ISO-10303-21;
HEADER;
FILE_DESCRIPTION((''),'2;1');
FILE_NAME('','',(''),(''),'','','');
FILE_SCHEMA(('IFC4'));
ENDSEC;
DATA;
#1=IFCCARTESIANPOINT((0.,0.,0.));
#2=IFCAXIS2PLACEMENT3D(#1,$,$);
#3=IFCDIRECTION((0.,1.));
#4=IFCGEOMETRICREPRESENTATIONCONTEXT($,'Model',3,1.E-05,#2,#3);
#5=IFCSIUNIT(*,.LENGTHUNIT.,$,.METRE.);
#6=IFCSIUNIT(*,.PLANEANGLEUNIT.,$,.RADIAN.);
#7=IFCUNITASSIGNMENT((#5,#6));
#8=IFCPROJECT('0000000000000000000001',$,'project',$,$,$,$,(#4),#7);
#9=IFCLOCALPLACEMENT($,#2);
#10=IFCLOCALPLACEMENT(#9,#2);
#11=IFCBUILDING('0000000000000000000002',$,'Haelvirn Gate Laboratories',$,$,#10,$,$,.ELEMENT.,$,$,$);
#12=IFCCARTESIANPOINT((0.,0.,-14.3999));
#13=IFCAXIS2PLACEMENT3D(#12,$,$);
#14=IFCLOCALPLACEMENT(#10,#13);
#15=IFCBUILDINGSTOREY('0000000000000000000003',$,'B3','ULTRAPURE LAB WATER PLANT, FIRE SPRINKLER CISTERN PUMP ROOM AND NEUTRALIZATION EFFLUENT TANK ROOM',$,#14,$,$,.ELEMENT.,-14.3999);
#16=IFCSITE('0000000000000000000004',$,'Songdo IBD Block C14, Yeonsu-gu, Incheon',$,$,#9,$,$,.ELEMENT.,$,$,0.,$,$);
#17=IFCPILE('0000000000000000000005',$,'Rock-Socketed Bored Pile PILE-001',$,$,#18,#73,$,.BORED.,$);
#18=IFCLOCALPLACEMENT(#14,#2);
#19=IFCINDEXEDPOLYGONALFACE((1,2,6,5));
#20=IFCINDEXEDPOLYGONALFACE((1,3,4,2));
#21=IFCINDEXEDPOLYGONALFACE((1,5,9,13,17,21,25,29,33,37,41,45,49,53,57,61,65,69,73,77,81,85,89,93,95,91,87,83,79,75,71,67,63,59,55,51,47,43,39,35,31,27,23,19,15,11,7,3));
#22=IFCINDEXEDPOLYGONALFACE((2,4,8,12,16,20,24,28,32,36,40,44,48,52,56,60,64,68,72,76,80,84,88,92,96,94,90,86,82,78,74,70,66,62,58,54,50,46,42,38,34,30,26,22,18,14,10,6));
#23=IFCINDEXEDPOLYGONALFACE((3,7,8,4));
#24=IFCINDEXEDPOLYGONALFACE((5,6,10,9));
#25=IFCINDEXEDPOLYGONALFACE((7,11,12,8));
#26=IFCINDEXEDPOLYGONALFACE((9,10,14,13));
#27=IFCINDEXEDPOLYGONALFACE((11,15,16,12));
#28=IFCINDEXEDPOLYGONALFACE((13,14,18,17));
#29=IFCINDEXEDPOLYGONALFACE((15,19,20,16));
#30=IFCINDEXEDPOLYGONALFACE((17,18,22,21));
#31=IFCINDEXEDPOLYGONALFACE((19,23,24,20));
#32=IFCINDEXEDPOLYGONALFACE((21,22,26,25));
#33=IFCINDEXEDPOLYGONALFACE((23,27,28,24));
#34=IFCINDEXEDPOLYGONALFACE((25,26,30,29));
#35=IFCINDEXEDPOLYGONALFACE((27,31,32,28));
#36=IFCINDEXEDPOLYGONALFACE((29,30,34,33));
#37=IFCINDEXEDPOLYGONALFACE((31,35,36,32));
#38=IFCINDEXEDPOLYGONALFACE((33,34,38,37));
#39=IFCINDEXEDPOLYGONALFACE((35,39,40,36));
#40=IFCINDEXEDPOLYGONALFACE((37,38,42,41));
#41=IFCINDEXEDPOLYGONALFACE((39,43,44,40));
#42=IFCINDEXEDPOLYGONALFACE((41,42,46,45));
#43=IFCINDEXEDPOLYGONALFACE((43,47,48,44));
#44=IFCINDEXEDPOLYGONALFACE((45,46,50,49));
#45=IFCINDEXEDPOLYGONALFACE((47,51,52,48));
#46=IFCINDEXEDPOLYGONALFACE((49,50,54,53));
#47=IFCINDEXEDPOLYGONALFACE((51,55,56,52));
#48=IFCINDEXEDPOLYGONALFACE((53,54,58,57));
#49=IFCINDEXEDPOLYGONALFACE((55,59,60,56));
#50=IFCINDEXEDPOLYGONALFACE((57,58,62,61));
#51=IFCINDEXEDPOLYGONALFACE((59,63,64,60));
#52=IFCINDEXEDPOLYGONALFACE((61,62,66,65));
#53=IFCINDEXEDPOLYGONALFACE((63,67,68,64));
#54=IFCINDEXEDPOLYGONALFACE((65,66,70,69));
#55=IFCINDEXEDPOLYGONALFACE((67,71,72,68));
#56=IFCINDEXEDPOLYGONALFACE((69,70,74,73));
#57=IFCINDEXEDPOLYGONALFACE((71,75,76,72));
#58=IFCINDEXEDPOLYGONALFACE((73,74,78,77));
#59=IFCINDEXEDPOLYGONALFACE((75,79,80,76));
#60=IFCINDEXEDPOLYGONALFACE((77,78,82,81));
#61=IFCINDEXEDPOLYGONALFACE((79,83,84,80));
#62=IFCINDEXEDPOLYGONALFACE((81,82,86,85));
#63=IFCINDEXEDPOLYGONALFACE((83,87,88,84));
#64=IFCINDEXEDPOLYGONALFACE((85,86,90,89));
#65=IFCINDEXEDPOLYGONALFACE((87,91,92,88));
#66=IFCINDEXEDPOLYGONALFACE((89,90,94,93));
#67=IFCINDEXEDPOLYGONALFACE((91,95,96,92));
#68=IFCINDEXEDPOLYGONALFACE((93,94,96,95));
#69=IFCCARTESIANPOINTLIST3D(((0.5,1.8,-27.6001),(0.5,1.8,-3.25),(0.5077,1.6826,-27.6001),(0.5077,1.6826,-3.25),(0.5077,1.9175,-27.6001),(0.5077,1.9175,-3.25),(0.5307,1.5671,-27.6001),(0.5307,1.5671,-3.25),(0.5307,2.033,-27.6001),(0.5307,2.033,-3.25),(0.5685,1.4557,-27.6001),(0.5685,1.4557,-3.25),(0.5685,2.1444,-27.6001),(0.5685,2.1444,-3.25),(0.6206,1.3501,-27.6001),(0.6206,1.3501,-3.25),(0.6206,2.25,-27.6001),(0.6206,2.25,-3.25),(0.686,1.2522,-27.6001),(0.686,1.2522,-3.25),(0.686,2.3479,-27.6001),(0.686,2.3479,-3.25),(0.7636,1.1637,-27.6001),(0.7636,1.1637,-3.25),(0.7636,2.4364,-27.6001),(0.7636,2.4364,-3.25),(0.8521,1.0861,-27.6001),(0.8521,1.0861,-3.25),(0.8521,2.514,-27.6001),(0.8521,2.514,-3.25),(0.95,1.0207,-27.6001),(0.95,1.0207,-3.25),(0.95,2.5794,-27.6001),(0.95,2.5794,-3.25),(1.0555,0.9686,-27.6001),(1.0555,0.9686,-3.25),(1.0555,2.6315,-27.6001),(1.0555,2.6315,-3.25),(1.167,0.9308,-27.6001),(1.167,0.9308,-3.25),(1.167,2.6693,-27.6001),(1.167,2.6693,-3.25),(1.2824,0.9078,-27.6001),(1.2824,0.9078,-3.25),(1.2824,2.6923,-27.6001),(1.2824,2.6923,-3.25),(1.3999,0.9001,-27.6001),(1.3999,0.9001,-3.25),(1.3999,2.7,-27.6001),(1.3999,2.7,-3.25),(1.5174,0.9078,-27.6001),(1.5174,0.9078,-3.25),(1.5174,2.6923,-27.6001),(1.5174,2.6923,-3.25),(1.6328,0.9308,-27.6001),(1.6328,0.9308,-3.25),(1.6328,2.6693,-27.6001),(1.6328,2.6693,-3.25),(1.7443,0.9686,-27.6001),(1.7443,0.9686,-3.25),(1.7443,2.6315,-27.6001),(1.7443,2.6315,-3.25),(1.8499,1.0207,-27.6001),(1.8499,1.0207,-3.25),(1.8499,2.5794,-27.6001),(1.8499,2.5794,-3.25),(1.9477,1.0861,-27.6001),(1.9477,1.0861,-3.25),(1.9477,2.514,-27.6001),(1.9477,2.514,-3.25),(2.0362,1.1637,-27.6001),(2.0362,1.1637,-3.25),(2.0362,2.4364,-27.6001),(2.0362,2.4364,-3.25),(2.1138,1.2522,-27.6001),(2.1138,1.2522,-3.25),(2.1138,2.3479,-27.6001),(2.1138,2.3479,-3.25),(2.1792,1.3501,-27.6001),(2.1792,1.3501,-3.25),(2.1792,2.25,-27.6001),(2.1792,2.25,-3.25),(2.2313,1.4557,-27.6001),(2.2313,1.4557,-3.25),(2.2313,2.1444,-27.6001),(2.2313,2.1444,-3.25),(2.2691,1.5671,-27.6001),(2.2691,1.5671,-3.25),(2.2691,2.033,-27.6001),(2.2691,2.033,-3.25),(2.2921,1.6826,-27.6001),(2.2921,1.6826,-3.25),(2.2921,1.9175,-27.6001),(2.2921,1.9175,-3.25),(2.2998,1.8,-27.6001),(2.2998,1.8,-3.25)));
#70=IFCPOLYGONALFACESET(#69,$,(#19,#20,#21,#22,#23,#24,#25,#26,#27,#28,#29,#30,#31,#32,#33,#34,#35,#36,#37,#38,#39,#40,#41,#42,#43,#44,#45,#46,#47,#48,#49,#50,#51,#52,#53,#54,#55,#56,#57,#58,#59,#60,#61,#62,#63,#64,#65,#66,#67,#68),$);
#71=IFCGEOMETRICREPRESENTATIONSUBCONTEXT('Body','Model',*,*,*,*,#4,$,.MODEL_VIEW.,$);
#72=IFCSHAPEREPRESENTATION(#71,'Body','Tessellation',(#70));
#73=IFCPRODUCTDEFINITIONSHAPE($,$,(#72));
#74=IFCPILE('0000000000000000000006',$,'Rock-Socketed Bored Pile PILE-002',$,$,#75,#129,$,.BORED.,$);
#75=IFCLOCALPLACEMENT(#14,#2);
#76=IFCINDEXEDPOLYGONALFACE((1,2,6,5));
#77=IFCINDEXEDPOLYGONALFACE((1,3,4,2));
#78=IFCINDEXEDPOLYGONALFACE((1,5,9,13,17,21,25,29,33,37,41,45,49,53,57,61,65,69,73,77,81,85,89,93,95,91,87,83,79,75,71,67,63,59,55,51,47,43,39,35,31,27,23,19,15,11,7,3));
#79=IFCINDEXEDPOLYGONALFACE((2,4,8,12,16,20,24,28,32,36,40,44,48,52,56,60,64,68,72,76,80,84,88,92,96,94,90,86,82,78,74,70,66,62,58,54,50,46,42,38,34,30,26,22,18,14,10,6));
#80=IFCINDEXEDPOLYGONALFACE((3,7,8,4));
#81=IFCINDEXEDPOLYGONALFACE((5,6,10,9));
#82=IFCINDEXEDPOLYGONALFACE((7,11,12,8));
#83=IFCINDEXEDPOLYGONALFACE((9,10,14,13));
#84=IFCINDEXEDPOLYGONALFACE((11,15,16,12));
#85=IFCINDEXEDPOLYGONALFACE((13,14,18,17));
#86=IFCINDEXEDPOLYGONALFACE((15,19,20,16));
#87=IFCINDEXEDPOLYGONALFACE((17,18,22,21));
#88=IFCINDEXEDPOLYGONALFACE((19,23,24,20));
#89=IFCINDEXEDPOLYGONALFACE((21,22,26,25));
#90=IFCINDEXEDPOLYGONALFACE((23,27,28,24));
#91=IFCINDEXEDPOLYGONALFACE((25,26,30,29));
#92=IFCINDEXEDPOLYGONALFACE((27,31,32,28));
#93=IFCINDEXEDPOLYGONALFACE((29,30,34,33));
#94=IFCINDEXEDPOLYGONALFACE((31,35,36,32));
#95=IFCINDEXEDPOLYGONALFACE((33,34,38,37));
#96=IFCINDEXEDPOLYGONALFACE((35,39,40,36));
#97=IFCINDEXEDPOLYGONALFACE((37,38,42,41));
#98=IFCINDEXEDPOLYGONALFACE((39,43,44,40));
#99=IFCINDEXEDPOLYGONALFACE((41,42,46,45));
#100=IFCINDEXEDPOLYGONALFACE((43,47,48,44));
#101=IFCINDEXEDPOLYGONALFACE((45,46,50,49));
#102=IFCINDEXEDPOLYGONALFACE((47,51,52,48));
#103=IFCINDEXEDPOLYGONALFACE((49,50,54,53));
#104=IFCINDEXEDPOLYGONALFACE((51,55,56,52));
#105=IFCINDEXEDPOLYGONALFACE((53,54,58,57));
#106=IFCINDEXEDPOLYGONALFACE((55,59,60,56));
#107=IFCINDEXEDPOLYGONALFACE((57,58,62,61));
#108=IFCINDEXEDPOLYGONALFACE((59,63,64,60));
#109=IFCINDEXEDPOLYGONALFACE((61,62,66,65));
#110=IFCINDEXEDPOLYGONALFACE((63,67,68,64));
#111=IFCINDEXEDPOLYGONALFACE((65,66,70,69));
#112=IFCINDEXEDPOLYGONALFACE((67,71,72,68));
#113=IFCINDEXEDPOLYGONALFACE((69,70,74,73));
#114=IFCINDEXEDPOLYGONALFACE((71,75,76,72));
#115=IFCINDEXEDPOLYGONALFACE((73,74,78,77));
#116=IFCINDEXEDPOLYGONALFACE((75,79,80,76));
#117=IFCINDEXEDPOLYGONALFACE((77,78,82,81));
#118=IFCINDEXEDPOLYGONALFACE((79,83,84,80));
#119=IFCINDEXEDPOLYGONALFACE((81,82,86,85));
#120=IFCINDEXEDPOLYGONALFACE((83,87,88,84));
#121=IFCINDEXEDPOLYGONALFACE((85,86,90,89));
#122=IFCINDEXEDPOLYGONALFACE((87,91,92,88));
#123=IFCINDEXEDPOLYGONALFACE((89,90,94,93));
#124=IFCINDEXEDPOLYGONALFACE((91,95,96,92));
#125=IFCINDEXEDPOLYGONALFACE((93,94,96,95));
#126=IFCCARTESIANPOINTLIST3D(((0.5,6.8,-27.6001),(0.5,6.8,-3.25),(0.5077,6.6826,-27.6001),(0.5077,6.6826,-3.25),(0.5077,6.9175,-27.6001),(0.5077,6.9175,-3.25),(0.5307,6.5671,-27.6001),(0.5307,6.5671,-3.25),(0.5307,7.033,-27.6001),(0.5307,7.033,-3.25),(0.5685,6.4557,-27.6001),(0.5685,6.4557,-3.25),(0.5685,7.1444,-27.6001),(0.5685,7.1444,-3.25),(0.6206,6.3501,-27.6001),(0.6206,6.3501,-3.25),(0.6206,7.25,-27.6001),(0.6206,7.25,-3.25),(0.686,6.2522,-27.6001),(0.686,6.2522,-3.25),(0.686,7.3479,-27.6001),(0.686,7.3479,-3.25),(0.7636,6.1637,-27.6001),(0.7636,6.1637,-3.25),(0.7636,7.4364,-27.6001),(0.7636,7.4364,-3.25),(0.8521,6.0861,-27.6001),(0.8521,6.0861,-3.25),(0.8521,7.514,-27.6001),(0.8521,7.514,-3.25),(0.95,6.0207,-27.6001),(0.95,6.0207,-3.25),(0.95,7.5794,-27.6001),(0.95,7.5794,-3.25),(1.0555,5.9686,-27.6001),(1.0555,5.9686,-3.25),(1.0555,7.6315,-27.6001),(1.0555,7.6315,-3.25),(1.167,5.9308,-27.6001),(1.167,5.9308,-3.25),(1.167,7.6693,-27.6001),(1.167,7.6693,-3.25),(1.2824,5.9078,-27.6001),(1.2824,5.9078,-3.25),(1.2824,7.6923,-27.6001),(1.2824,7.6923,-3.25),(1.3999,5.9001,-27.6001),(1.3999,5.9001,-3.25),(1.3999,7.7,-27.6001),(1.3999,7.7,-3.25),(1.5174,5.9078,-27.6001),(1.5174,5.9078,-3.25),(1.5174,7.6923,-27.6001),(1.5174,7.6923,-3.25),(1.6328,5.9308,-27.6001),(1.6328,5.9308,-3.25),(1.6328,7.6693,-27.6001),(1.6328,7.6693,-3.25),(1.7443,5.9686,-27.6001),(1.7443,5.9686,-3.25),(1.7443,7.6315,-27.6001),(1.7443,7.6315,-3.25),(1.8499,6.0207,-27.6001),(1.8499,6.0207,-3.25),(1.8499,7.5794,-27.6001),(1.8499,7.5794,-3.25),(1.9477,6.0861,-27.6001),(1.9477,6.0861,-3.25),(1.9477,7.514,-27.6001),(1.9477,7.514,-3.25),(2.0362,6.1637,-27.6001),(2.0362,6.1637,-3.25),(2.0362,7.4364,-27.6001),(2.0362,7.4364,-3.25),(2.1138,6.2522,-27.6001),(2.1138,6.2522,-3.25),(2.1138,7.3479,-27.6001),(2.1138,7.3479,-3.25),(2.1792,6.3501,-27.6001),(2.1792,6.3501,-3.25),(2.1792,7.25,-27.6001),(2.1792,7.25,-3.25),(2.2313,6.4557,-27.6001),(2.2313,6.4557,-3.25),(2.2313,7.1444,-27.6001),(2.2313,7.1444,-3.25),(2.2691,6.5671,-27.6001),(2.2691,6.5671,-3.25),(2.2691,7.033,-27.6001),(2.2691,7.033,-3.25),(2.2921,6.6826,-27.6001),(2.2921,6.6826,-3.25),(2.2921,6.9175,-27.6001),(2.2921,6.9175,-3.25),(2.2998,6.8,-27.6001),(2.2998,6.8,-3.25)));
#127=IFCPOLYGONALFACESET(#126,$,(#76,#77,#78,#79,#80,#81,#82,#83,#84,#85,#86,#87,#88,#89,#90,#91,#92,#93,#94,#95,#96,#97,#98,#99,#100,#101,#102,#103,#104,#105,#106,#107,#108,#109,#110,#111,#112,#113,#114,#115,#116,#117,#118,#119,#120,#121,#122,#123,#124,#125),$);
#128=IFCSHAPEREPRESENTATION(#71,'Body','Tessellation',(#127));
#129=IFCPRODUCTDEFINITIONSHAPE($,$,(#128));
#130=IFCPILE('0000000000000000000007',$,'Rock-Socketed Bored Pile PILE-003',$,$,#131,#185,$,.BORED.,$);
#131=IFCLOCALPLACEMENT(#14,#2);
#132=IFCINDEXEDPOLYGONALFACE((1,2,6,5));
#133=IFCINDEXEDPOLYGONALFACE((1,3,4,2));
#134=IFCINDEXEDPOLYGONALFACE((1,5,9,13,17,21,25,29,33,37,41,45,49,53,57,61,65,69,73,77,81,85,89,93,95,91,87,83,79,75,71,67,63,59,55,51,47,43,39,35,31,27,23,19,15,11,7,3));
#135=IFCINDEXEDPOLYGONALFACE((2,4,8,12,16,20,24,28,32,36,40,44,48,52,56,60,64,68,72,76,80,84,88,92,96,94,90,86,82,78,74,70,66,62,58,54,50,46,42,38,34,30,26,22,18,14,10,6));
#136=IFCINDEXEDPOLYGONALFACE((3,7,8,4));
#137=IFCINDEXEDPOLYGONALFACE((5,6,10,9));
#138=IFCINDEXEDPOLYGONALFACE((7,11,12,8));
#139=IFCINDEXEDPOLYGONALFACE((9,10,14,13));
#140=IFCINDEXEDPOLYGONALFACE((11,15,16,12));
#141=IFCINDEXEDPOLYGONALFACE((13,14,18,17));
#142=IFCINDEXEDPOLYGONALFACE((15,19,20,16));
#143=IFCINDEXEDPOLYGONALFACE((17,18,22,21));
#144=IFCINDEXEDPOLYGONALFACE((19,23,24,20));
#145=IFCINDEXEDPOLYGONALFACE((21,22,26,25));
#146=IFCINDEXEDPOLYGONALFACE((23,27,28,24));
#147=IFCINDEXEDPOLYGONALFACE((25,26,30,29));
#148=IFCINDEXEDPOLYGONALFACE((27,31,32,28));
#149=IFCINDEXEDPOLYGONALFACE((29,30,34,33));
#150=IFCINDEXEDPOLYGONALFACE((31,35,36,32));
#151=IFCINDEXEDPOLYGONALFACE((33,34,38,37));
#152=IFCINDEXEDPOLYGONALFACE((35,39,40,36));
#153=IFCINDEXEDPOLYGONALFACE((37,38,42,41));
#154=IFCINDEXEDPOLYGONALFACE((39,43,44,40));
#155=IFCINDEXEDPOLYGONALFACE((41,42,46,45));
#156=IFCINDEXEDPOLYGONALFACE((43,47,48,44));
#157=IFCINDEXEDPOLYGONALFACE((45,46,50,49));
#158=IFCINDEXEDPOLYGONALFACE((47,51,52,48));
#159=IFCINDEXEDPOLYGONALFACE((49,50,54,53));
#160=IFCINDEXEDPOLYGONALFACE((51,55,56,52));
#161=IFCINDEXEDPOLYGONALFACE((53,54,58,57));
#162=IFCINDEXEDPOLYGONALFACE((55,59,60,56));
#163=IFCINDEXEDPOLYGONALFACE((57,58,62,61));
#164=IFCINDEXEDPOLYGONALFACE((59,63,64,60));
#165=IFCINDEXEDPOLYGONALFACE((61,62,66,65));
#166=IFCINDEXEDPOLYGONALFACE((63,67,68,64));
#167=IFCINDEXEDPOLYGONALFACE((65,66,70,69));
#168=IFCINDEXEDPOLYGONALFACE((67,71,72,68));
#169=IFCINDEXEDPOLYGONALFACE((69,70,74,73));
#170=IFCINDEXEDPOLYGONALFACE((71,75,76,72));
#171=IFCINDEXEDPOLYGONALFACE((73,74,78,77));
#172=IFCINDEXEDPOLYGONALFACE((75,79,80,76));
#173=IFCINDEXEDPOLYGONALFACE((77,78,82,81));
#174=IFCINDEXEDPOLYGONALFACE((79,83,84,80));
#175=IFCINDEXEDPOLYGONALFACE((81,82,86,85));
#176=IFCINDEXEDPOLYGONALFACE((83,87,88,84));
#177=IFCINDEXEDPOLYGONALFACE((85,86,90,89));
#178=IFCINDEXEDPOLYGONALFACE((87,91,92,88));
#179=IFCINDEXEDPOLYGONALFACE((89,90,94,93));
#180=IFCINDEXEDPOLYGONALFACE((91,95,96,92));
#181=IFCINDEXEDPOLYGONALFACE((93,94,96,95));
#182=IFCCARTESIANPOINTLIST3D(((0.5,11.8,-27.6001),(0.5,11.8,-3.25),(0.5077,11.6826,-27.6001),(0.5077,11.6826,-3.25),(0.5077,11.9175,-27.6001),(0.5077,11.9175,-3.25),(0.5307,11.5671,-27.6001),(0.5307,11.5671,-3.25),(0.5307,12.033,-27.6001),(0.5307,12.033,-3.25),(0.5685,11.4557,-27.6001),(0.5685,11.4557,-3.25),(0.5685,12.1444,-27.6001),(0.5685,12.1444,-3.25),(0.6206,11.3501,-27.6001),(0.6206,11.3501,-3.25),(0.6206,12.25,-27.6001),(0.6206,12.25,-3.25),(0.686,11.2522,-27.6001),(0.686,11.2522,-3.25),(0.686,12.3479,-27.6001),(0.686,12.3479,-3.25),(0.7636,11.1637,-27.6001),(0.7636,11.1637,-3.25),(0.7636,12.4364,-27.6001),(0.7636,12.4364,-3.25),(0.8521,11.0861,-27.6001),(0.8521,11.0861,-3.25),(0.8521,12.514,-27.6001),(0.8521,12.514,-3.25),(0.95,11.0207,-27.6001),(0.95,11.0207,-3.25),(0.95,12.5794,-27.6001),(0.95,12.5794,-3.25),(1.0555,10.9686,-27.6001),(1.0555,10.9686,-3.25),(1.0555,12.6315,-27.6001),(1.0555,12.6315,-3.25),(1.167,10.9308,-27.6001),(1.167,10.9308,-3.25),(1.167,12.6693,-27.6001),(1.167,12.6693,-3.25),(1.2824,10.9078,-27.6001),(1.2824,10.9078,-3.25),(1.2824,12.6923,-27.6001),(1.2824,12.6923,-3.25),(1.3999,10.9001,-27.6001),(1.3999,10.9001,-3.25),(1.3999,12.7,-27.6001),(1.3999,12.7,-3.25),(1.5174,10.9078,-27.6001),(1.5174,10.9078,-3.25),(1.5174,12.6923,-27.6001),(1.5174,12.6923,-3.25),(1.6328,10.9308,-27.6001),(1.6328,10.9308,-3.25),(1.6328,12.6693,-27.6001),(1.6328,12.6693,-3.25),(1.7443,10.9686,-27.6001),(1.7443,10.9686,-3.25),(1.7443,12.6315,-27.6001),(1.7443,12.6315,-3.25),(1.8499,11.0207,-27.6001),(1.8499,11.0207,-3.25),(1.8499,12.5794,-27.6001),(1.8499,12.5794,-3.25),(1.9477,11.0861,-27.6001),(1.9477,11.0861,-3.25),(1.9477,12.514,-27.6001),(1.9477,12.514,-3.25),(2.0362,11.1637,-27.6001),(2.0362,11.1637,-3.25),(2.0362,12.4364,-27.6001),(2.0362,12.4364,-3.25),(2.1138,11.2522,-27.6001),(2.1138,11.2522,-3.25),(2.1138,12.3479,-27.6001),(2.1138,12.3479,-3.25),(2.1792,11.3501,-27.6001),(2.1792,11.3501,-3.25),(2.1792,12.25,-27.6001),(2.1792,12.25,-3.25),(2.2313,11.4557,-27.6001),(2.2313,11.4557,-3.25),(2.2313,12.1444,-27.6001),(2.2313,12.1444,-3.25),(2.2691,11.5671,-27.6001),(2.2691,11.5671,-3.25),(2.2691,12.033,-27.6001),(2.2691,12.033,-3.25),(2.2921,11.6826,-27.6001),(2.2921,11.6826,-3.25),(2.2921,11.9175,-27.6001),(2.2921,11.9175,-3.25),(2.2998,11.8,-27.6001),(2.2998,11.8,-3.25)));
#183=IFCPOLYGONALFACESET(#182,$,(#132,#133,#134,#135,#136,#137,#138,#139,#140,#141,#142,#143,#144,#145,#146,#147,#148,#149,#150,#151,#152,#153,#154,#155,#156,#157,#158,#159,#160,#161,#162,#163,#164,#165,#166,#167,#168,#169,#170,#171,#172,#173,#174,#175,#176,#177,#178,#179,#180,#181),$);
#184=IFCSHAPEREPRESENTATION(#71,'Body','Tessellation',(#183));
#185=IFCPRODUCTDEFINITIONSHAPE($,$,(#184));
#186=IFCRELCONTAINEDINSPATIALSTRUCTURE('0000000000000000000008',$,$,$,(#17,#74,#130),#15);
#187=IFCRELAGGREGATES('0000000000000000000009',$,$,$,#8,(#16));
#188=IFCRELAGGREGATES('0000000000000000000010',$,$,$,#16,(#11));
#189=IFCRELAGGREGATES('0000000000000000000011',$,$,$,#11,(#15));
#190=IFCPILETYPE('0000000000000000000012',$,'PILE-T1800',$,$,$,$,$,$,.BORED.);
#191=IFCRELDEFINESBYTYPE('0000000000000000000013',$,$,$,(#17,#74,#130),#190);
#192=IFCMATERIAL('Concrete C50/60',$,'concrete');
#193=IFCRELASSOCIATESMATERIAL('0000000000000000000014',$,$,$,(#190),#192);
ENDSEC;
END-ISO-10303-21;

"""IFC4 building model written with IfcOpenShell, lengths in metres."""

from ifc_helpers import new_model, si_unit, direction, frame, origin, origin_2d, place, context, subcontext, project, spatial, circle, extrude, source, transform, mapped, material, material_profile, profile_set, type_object, type_shapes, element, save


model = new_model("IFC4")

# Units and contexts
model_context = context("Model", 3, precision=1e-05, world=origin(), true_north=direction((0.0, 1.0)))
body_context = subcontext(model_context, "Body", "Model", "MODEL_VIEW")
ifc_project = project(units=[si_unit("LENGTHUNIT", "METRE"), si_unit("PLANEANGLEUNIT", "RADIAN")], contexts=[model_context])

# Site, building, storey
site_placement = place(None, origin())
site = spatial("IfcSite", under=ifc_project, at=site_placement, Name="Songdo IBD Block C14, Yeonsu-gu, Incheon", CompositionType="ELEMENT", RefElevation=0.0)
building_placement = place(site_placement, origin())
building = spatial("IfcBuilding", under=site, at=building_placement, Name="Haelvirn Gate Laboratories", CompositionType="ELEMENT")
storey_placement = place(building_placement, frame((0.0, 0.0, -14.3999)))
storey = spatial("IfcBuildingStorey", under=building, at=storey_placement, Name="B3", Description="ULTRAPURE LAB WATER PLANT, FIRE SPRINKLER CISTERN PUMP ROOM AND NEUTRALIZATION EFFLUENT TANK ROOM", CompositionType="ELEMENT", Elevation=-14.3999)

# Piles
ifc_material_1 = material(Name="Concrete C50/60", Category="concrete")
ifc_material_profile_1 = material_profile(ifc_material_1, circle(Radius=0.8999, at=origin_2d()), Name="PILE-D1800")
ifc_profile_set_1 = profile_set([ifc_material_profile_1], Name="Concrete C50/60")
pile_type_1 = type_object("IfcPileType", Name="PILE-T1800", PredefinedType="BORED", material=ifc_profile_set_1)
shared_shape_1 = source(origin(), body_context, "Body", "SweptSolid", [
    extrude(circle(Radius=0.8999, at=origin_2d()), origin(), (0.0, 0.0, 1.0), 24.3501),
])
type_shapes(pile_type_1, [shared_shape_1])
for number, where, z_axis, x_axis, name in (
    (1, (1.3999, 1.8, -3.25), (0.0, 0.0, -1.0), (1.0, 0.0, 0.0), "Rock-Socketed Bored Pile PILE-001"),
    (2, (1.3999, 6.8, -3.25), (0.0, 0.0, -1.0), (1.0, 0.0, 0.0), "Rock-Socketed Bored Pile PILE-002"),
    (3, (1.3999, 11.8, -3.25), (0.0, 0.0, -1.0), (1.0, 0.0, 0.0), "Rock-Socketed Bored Pile PILE-003"),
):
    element("IfcPile", number, at=place(storey_placement, frame(where, z_axis=z_axis, x_axis=x_axis)), inside=storey, type_object=pile_type_1, Name=name, PredefinedType="BORED", context=body_context, shape_type="MappedRepresentation", body=[
        mapped(shared_shape_1, transform((0.0, 0.0, 0.0), scale=1.0)),
    ])

save(model, "model.ifc")
